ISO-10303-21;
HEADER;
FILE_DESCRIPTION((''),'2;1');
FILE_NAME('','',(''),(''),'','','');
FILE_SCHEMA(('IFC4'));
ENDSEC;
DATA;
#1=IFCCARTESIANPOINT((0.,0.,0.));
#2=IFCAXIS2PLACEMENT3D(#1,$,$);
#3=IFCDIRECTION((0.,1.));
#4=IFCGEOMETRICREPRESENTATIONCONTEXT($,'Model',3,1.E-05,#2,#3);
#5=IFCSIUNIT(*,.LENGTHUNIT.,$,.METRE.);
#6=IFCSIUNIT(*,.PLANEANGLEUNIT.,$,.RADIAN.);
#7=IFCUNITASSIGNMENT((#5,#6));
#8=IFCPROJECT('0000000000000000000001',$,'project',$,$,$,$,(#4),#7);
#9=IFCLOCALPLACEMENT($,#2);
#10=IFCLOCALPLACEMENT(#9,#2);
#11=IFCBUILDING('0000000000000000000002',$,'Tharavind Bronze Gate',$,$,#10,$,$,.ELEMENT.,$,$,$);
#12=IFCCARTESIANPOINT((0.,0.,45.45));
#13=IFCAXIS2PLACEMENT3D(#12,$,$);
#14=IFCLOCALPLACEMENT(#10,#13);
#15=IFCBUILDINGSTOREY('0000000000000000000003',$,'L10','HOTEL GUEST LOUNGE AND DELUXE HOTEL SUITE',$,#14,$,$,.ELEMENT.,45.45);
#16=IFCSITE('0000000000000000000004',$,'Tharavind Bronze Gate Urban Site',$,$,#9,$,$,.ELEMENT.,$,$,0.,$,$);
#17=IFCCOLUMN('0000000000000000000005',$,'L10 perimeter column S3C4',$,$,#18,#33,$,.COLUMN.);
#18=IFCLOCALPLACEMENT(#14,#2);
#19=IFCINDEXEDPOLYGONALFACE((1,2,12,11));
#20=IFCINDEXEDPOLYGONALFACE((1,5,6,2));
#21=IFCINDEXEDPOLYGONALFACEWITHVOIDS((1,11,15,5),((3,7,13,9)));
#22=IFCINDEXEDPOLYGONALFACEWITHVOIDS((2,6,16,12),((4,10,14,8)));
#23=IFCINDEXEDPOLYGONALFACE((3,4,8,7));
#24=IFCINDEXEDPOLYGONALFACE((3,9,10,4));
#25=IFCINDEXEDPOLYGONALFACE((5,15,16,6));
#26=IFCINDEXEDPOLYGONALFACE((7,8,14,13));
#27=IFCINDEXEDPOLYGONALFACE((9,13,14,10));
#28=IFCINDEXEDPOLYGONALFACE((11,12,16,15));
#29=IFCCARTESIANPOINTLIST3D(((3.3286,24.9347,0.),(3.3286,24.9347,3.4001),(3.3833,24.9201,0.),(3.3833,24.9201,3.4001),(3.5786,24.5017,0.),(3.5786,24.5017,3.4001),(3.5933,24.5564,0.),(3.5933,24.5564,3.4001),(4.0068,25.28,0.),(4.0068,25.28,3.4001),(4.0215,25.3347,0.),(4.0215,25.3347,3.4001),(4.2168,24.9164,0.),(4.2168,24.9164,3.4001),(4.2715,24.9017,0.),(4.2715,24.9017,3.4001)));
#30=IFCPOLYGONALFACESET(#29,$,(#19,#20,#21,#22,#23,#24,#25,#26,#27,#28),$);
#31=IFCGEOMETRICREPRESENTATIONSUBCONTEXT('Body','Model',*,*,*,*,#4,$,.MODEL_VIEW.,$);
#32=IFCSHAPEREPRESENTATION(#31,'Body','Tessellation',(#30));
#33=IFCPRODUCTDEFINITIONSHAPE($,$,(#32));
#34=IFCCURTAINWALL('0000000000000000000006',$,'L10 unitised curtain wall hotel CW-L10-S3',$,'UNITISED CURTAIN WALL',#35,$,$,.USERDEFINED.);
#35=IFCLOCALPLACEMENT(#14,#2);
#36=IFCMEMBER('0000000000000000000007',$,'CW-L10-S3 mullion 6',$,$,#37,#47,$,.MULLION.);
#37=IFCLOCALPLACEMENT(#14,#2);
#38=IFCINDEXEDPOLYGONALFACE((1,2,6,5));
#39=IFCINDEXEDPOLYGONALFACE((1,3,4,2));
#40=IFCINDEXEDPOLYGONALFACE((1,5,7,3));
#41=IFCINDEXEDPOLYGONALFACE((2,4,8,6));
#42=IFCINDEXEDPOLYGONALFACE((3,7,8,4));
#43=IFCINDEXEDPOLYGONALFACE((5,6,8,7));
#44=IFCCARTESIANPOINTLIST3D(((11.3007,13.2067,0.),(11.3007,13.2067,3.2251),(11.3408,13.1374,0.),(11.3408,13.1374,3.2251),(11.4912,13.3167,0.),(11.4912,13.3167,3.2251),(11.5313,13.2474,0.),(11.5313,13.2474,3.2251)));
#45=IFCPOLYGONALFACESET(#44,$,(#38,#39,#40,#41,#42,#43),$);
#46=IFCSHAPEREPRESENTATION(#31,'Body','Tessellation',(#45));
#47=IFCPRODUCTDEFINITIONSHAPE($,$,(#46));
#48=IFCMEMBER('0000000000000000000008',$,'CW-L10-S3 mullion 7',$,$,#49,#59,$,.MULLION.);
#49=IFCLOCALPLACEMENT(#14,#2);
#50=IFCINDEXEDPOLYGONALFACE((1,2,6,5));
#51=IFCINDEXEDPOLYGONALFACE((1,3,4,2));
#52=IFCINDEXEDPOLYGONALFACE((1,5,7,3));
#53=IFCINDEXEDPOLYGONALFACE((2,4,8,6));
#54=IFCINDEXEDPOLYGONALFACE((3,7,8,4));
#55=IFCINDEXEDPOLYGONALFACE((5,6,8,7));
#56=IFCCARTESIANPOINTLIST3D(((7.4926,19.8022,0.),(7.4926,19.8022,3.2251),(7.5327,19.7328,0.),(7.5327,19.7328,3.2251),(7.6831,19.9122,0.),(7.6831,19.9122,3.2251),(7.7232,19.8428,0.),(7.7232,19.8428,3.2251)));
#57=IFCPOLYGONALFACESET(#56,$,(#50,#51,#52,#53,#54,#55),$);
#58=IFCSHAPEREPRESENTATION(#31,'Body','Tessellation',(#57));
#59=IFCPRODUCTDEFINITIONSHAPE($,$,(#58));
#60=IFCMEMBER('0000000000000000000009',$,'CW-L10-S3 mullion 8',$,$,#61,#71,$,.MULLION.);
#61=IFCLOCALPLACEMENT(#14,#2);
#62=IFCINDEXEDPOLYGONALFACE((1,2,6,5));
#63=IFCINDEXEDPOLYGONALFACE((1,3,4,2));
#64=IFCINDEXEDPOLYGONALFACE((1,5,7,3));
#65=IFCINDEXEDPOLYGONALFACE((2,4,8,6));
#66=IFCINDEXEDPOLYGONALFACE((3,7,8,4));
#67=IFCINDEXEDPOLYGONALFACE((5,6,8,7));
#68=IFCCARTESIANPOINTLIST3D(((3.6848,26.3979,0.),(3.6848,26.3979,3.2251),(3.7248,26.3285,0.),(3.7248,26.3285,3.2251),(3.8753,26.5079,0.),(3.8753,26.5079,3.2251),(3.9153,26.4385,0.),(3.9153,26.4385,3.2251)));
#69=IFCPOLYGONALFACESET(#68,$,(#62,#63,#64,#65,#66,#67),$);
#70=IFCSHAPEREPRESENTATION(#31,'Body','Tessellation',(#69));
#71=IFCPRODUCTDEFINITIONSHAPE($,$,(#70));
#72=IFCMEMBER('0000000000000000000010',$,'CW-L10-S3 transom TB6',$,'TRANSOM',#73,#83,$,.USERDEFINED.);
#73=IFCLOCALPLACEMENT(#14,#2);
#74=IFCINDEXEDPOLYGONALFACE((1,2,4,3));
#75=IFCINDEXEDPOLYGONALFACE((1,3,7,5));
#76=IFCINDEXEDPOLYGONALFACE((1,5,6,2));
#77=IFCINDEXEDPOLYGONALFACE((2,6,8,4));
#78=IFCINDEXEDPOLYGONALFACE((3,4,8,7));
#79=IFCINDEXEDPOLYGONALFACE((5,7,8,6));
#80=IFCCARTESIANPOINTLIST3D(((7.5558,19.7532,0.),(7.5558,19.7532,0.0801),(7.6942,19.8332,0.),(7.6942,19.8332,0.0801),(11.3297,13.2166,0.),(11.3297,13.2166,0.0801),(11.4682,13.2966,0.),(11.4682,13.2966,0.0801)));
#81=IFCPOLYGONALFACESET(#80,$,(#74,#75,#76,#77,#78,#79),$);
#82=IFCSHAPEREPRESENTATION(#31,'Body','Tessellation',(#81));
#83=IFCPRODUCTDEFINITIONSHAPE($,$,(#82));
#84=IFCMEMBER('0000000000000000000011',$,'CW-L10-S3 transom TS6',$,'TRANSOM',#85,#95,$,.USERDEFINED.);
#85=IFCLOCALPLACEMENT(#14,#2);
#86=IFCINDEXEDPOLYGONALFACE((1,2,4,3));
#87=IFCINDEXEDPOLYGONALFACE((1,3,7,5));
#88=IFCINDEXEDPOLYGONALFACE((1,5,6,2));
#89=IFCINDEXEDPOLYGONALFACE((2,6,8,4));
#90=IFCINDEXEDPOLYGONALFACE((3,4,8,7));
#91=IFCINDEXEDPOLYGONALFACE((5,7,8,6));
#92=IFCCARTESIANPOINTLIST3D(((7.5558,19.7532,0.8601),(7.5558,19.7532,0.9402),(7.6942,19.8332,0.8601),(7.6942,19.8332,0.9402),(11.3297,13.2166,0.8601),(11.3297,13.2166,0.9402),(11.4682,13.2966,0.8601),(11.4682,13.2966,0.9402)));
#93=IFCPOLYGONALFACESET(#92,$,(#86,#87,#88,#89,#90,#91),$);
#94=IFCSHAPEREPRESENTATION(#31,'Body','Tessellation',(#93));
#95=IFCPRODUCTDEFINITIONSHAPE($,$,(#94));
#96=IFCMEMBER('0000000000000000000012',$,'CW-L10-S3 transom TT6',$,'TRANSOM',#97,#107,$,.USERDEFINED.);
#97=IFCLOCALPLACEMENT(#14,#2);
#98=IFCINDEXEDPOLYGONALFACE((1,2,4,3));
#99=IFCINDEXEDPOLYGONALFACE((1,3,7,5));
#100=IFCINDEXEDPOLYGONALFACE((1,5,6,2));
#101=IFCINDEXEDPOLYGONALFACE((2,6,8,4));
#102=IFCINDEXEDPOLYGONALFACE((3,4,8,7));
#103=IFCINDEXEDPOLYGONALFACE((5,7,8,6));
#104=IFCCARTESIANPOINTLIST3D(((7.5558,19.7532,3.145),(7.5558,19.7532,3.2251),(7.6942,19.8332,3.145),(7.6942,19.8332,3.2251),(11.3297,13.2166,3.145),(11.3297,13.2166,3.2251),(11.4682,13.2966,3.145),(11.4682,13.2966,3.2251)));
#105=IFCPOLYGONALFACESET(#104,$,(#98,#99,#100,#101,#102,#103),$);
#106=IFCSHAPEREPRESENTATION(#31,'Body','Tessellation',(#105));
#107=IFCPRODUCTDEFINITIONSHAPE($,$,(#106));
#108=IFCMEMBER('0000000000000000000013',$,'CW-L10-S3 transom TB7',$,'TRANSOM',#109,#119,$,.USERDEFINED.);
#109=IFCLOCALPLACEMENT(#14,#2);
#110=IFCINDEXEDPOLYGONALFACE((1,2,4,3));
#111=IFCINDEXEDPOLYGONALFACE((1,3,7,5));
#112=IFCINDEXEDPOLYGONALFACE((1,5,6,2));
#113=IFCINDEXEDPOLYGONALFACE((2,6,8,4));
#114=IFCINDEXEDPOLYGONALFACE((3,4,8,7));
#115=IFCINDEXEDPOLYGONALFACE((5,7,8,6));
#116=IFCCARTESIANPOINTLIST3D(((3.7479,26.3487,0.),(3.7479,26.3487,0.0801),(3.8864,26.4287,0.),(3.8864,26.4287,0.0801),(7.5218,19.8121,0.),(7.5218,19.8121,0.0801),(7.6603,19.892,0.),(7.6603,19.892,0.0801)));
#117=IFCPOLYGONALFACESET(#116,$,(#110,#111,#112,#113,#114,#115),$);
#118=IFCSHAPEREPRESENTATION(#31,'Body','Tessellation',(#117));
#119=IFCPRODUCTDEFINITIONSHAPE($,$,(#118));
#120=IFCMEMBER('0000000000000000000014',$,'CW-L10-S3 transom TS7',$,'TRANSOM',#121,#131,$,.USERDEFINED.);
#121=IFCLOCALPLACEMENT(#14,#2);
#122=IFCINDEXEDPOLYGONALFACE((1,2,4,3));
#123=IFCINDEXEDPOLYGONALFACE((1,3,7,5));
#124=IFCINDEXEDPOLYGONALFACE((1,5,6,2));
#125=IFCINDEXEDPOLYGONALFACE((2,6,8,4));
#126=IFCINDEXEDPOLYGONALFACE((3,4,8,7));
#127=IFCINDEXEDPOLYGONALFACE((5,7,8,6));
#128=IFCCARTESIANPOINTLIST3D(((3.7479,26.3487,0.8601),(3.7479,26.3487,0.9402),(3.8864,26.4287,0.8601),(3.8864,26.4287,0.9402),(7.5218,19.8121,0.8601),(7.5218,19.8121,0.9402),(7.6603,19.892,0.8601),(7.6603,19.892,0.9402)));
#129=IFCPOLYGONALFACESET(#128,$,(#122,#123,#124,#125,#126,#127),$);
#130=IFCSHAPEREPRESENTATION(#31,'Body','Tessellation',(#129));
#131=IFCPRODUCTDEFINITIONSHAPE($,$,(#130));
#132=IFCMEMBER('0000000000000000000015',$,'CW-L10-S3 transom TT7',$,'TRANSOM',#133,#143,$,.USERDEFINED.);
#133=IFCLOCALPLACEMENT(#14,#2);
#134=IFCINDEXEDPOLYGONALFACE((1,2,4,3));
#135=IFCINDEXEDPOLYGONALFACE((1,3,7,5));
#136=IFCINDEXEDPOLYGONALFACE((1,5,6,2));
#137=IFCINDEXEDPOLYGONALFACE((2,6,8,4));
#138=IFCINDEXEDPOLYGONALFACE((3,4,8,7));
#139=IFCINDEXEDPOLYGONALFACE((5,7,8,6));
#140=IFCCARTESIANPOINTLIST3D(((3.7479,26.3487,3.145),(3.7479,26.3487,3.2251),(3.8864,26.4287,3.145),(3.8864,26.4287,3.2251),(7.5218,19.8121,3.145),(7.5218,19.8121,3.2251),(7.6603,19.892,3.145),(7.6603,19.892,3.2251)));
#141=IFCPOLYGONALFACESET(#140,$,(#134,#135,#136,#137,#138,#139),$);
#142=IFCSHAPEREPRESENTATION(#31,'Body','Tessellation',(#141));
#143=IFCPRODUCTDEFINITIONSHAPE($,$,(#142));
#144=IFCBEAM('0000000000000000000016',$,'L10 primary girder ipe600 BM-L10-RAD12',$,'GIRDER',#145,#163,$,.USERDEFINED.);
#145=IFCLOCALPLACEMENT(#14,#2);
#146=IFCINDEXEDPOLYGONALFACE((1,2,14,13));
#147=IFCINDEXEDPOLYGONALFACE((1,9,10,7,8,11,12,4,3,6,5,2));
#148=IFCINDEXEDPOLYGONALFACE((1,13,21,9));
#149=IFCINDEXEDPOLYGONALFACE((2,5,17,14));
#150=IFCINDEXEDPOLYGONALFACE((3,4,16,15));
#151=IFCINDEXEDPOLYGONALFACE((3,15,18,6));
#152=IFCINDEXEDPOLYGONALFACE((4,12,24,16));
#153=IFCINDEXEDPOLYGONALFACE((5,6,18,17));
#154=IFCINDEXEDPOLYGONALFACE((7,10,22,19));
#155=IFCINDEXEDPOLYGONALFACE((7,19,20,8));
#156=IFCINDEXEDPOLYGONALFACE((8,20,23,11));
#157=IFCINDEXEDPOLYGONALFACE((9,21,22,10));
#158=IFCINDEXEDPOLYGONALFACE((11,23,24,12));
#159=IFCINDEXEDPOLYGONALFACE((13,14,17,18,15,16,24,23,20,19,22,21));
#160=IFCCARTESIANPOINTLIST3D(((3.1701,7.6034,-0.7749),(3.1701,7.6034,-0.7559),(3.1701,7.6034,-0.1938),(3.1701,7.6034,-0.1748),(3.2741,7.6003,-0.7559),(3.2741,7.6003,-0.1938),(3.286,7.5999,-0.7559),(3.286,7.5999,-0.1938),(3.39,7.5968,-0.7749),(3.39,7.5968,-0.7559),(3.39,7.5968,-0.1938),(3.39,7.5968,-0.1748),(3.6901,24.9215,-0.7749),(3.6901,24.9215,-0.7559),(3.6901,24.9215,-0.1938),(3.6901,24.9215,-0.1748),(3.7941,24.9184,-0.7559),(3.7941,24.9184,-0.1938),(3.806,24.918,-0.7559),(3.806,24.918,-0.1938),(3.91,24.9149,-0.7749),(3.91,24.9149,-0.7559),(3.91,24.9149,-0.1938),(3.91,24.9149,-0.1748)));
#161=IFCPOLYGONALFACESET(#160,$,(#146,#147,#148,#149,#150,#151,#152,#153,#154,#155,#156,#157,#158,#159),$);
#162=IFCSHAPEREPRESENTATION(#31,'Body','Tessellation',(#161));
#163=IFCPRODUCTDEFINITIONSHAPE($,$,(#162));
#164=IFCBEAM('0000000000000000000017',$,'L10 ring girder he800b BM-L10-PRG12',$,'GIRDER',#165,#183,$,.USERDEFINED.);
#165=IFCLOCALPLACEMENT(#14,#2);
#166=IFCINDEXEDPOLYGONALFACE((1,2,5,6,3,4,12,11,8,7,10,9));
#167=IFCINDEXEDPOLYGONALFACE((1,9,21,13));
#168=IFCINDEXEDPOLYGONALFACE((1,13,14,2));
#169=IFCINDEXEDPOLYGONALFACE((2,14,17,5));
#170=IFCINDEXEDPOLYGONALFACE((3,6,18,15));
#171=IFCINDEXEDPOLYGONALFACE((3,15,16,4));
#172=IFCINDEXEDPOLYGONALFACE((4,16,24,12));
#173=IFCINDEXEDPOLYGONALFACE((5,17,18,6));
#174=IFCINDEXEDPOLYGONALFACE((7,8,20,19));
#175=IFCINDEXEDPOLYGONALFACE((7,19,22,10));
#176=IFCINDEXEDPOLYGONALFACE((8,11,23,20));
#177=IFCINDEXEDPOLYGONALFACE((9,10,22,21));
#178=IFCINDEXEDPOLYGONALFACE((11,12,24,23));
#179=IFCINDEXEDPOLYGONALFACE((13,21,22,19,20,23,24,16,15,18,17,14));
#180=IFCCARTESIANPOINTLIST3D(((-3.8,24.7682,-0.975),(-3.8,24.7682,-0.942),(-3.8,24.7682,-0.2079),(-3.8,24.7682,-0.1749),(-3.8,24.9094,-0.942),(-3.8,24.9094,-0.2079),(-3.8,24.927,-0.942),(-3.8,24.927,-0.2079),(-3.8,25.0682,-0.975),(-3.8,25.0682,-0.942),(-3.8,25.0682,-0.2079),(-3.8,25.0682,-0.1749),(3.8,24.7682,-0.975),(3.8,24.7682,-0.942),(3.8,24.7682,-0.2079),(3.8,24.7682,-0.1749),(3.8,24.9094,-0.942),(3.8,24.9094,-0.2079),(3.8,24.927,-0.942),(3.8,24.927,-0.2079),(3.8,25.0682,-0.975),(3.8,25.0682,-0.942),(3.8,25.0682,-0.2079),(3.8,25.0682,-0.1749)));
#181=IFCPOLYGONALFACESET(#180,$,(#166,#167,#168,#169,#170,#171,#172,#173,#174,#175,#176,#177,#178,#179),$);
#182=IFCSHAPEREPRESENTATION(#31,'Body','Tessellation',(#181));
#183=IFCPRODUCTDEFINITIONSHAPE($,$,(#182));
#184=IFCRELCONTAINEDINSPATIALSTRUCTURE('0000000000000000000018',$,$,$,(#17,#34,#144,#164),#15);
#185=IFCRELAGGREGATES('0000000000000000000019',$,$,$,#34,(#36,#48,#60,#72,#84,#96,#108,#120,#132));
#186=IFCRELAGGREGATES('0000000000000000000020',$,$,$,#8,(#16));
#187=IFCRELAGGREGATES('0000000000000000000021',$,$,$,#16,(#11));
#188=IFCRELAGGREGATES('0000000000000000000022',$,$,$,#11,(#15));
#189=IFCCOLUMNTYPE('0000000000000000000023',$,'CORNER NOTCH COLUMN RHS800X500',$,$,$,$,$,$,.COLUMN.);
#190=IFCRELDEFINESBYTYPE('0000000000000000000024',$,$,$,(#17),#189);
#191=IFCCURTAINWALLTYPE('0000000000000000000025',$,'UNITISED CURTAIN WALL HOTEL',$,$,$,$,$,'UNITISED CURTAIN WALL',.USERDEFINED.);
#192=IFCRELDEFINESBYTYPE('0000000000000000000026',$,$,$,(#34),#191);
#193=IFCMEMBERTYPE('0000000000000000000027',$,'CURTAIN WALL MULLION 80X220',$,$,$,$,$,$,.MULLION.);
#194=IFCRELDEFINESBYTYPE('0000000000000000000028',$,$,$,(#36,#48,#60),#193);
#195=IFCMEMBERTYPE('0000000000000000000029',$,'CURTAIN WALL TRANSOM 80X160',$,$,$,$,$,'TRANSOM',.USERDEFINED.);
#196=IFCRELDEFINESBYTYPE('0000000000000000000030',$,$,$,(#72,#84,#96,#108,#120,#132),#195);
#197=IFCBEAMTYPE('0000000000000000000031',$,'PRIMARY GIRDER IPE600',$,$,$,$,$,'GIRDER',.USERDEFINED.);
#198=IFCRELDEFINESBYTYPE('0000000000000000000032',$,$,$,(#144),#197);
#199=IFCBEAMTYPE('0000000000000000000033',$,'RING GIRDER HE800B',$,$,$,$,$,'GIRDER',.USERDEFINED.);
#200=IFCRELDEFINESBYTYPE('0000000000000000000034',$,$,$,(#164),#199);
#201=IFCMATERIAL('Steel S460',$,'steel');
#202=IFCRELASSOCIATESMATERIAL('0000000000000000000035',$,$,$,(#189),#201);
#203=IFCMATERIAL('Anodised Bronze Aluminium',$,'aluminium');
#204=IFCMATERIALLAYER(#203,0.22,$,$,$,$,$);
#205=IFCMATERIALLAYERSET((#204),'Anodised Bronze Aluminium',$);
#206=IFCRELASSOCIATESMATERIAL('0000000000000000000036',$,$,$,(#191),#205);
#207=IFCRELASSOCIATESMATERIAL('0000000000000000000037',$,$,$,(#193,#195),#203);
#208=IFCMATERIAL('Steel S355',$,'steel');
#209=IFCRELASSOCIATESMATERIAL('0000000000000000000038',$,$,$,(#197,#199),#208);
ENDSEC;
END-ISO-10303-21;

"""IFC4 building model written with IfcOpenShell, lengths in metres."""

from ifc_helpers import new_model, si_unit, direction, frame, origin, origin_2d, place, context, subcontext, project, spatial, rectangle, hollow_rectangle, i_section, extrude, material, layer, layer_set, material_profile, profile_set, type_object, element, aggregate, save


model = new_model("IFC4")

# Units and contexts
model_context = context("Model", 3, precision=1e-05, world=origin(), true_north=direction((0.0, 1.0)))
body_context = subcontext(model_context, "Body", "Model", "MODEL_VIEW")
ifc_project = project(units=[si_unit("LENGTHUNIT", "METRE"), si_unit("PLANEANGLEUNIT", "RADIAN")], contexts=[model_context])

# Site, building, storey
site_placement = place(None, origin())
site = spatial("IfcSite", under=ifc_project, at=site_placement, Name="Tharavind Bronze Gate Urban Site", CompositionType="ELEMENT", RefElevation=0.0)
building_placement = place(site_placement, origin())
building = spatial("IfcBuilding", under=site, at=building_placement, Name="Tharavind Bronze Gate", CompositionType="ELEMENT")
storey_placement = place(building_placement, frame((0.0, 0.0, 45.45)))
storey = spatial("IfcBuildingStorey", under=building, at=storey_placement, Name="L10", Description="HOTEL GUEST LOUNGE AND DELUXE HOTEL SUITE", CompositionType="ELEMENT", Elevation=45.45)

# Column
ifc_material_1 = material(Name="Steel S460", Category="steel")
ifc_material_profile_1 = material_profile(ifc_material_1, hollow_rectangle(XDim=0.5, YDim=0.8, WallThickness=0.04, at=origin_2d()), Name="RHS800X500X40")
ifc_profile_set_1 = profile_set([ifc_material_profile_1], Name="Steel S460")
column_type = type_object("IfcColumnType", Name="CORNER NOTCH COLUMN RHS800X500", PredefinedType="COLUMN", material=ifc_profile_set_1)
column_placement = place(storey_placement, frame((3.8, 24.9182, 0.0), z_axis=(0.0, 0.0, 1.0), x_axis=(-0.500002, 0.866025, 0.0)))
element("IfcColumn", 1, at=column_placement, inside=storey, type_object=column_type, Name="L10 perimeter column S3C4", PredefinedType="COLUMN", context=body_context, shape_type="SweptSolid", body=[
    extrude(hollow_rectangle(XDim=0.5, YDim=0.8, WallThickness=0.04, at=origin_2d()), origin(), (0.0, 0.0, 1.0), 3.4001),
])

# Curtain wall, members
ifc_material_2 = material(Name="Anodised Bronze Aluminium", Category="aluminium")
ifc_layer_1 = layer(ifc_material_2, 0.22)
ifc_layer_set_1 = layer_set([ifc_layer_1], Name="Anodised Bronze Aluminium")
curtain_wall_type = type_object("IfcCurtainWallType", Name="UNITISED CURTAIN WALL HOTEL", ElementType="UNITISED CURTAIN WALL", PredefinedType="USERDEFINED", material=ifc_layer_set_1)
curtain_wall_placement = place(storey_placement, origin())
curtain_wall = element("IfcCurtainWall", 2, at=curtain_wall_placement, inside=storey, type_object=curtain_wall_type, Name="L10 unitised curtain wall hotel CW-L10-S3", ObjectType="UNITISED CURTAIN WALL", PredefinedType="USERDEFINED")
member_type_1 = type_object("IfcMemberType", Name="CURTAIN WALL MULLION 80X220", PredefinedType="MULLION", material=ifc_material_2)
member_1_placement = place(storey_placement, frame((11.416, 13.2271, 0.0), z_axis=(0.0, 0.0, 1.0), x_axis=(-0.500002, 0.866025, 0.0)))
member_1 = element("IfcMember", 3, at=member_1_placement, type_object=member_type_1, Name="CW-L10-S3 mullion 6", PredefinedType="MULLION", context=body_context, shape_type="SweptSolid", body=[
    extrude(rectangle(XDim=0.0801, YDim=0.22, at=origin_2d()), origin(), (0.0, 0.0, 1.0), 3.2251),
])
member_2_placement = place(storey_placement, frame((7.6079, 19.8225, 0.0), z_axis=(0.0, 0.0, 1.0), x_axis=(-0.500002, 0.866025, 0.0)))
member_2 = element("IfcMember", 4, at=member_2_placement, type_object=member_type_1, Name="CW-L10-S3 mullion 7", PredefinedType="MULLION", context=body_context, shape_type="SweptSolid", body=[
    extrude(rectangle(XDim=0.0801, YDim=0.22, at=origin_2d()), origin(), (0.0, 0.0, 1.0), 3.2251),
])
member_3_placement = place(storey_placement, frame((3.8, 26.4182, 0.0), z_axis=(0.0, 0.0, 1.0), x_axis=(-0.500002, 0.866025, 0.0)))
member_3 = element("IfcMember", 5, at=member_3_placement, type_object=member_type_1, Name="CW-L10-S3 mullion 8", PredefinedType="MULLION", context=body_context, shape_type="SweptSolid", body=[
    extrude(rectangle(XDim=0.0801, YDim=0.22, at=origin_2d()), origin(), (0.0, 0.0, 1.0), 3.2251),
])
member_type_2 = type_object("IfcMemberType", Name="CURTAIN WALL TRANSOM 80X160", ElementType="TRANSOM", PredefinedType="USERDEFINED", material=ifc_material_2)
member_4_placement = place(storey_placement, frame((9.512, 16.5249, 0.0), z_axis=(0.0, 0.0, 1.0), x_axis=(-0.500002, 0.866025, 0.0)))
member_4 = element("IfcMember", 6, at=member_4_placement, type_object=member_type_2, Name="CW-L10-S3 transom TB6", ObjectType="TRANSOM", PredefinedType="USERDEFINED", context=body_context, shape_type="SweptSolid", body=[
    extrude(rectangle(XDim=7.5479, YDim=0.1599, at=origin_2d()), origin(), (0.0, 0.0, 1.0), 0.0801),
])
member_5_placement = place(storey_placement, frame((9.512, 16.5249, 0.8601), z_axis=(0.0, 0.0, 1.0), x_axis=(-0.500002, 0.866025, 0.0)))
member_5 = element("IfcMember", 7, at=member_5_placement, type_object=member_type_2, Name="CW-L10-S3 transom TS6", ObjectType="TRANSOM", PredefinedType="USERDEFINED", context=body_context, shape_type="SweptSolid", body=[
    extrude(rectangle(XDim=7.5479, YDim=0.1599, at=origin_2d()), origin(), (0.0, 0.0, 1.0), 0.0801),
])
member_6_placement = place(storey_placement, frame((9.512, 16.5249, 3.145), z_axis=(0.0, 0.0, 1.0), x_axis=(-0.500002, 0.866025, 0.0)))
member_6 = element("IfcMember", 8, at=member_6_placement, type_object=member_type_2, Name="CW-L10-S3 transom TT6", ObjectType="TRANSOM", PredefinedType="USERDEFINED", context=body_context, shape_type="SweptSolid", body=[
    extrude(rectangle(XDim=7.5479, YDim=0.1599, at=origin_2d()), origin(), (0.0, 0.0, 1.0), 0.0801),
])
member_7_placement = place(storey_placement, frame((5.7041, 23.1204, 0.0), z_axis=(0.0, 0.0, 1.0), x_axis=(-0.500002, 0.866025, 0.0)))
member_7 = element("IfcMember", 9, at=member_7_placement, type_object=member_type_2, Name="CW-L10-S3 transom TB7", ObjectType="TRANSOM", PredefinedType="USERDEFINED", context=body_context, shape_type="SweptSolid", body=[
    extrude(rectangle(XDim=7.5479, YDim=0.1599, at=origin_2d()), origin(), (0.0, 0.0, 1.0), 0.0801),
])
member_8_placement = place(storey_placement, frame((5.7041, 23.1204, 0.8601), z_axis=(0.0, 0.0, 1.0), x_axis=(-0.500002, 0.866025, 0.0)))
member_8 = element("IfcMember", 10, at=member_8_placement, type_object=member_type_2, Name="CW-L10-S3 transom TS7", ObjectType="TRANSOM", PredefinedType="USERDEFINED", context=body_context, shape_type="SweptSolid", body=[
    extrude(rectangle(XDim=7.5479, YDim=0.1599, at=origin_2d()), origin(), (0.0, 0.0, 1.0), 0.0801),
])
member_9_placement = place(storey_placement, frame((5.7041, 23.1204, 3.145), z_axis=(0.0, 0.0, 1.0), x_axis=(-0.500002, 0.866025, 0.0)))
member_9 = element("IfcMember", 11, at=member_9_placement, type_object=member_type_2, Name="CW-L10-S3 transom TT7", ObjectType="TRANSOM", PredefinedType="USERDEFINED", context=body_context, shape_type="SweptSolid", body=[
    extrude(rectangle(XDim=7.5479, YDim=0.1599, at=origin_2d()), origin(), (0.0, 0.0, 1.0), 0.0801),
])

# Beams
ifc_material_3 = material(Name="Steel S355", Category="steel")
ifc_material_profile_2 = material_profile(ifc_material_3, i_section(OverallWidth=0.22, OverallDepth=0.6001, WebThickness=0.012, FlangeThickness=0.019, at=origin_2d()), Name="IPE600")
ifc_profile_set_2 = profile_set([ifc_material_profile_2], Name="Steel S355")
beam_type_1 = type_object("IfcBeamType", Name="PRIMARY GIRDER IPE600", ElementType="GIRDER", PredefinedType="USERDEFINED", material=ifc_profile_set_2)
beam_1_placement = place(storey_placement, frame((3.8, 24.9182, -0.4749), z_axis=(-0.030014, -0.999549, 0.0), x_axis=(0.999549, -0.030014, 0.0)))
element("IfcBeam", 12, at=beam_1_placement, inside=storey, type_object=beam_type_1, Name="L10 primary girder ipe600 BM-L10-RAD12", ObjectType="GIRDER", PredefinedType="USERDEFINED", context=body_context, shape_type="SweptSolid", body=[
    extrude(i_section(OverallWidth=0.22, OverallDepth=0.6001, WebThickness=0.012, FlangeThickness=0.019, at=origin_2d()), origin(), (0.0, 0.0, 1.0), 17.3259),
])
ifc_material_profile_3 = material_profile(ifc_material_3, i_section(OverallWidth=0.3, OverallDepth=0.8, WebThickness=0.0176, FlangeThickness=0.033, at=origin_2d()), Name="HE800B")
ifc_profile_set_3 = profile_set([ifc_material_profile_3], Name="Steel S355")
beam_type_2 = type_object("IfcBeamType", Name="RING GIRDER HE800B", ElementType="GIRDER", PredefinedType="USERDEFINED", material=ifc_profile_set_3)
beam_2_placement = place(storey_placement, frame((3.8, 24.9182, -0.575), z_axis=(-1.0, 0.0, 0.0), x_axis=(0.0, -1.0, 0.0)))
element("IfcBeam", 13, at=beam_2_placement, inside=storey, type_object=beam_type_2, Name="L10 ring girder he800b BM-L10-PRG12", ObjectType="GIRDER", PredefinedType="USERDEFINED", context=body_context, shape_type="SweptSolid", body=[
    extrude(i_section(OverallWidth=0.3, OverallDepth=0.8, WebThickness=0.0176, FlangeThickness=0.033, at=origin_2d()), origin(), (0.0, 0.0, 1.0), 7.6001),
])

aggregate(curtain_wall, [member_1, member_2, member_3, member_4, member_5, member_6, member_7, member_8, member_9])

save(model, "model.ifc")
